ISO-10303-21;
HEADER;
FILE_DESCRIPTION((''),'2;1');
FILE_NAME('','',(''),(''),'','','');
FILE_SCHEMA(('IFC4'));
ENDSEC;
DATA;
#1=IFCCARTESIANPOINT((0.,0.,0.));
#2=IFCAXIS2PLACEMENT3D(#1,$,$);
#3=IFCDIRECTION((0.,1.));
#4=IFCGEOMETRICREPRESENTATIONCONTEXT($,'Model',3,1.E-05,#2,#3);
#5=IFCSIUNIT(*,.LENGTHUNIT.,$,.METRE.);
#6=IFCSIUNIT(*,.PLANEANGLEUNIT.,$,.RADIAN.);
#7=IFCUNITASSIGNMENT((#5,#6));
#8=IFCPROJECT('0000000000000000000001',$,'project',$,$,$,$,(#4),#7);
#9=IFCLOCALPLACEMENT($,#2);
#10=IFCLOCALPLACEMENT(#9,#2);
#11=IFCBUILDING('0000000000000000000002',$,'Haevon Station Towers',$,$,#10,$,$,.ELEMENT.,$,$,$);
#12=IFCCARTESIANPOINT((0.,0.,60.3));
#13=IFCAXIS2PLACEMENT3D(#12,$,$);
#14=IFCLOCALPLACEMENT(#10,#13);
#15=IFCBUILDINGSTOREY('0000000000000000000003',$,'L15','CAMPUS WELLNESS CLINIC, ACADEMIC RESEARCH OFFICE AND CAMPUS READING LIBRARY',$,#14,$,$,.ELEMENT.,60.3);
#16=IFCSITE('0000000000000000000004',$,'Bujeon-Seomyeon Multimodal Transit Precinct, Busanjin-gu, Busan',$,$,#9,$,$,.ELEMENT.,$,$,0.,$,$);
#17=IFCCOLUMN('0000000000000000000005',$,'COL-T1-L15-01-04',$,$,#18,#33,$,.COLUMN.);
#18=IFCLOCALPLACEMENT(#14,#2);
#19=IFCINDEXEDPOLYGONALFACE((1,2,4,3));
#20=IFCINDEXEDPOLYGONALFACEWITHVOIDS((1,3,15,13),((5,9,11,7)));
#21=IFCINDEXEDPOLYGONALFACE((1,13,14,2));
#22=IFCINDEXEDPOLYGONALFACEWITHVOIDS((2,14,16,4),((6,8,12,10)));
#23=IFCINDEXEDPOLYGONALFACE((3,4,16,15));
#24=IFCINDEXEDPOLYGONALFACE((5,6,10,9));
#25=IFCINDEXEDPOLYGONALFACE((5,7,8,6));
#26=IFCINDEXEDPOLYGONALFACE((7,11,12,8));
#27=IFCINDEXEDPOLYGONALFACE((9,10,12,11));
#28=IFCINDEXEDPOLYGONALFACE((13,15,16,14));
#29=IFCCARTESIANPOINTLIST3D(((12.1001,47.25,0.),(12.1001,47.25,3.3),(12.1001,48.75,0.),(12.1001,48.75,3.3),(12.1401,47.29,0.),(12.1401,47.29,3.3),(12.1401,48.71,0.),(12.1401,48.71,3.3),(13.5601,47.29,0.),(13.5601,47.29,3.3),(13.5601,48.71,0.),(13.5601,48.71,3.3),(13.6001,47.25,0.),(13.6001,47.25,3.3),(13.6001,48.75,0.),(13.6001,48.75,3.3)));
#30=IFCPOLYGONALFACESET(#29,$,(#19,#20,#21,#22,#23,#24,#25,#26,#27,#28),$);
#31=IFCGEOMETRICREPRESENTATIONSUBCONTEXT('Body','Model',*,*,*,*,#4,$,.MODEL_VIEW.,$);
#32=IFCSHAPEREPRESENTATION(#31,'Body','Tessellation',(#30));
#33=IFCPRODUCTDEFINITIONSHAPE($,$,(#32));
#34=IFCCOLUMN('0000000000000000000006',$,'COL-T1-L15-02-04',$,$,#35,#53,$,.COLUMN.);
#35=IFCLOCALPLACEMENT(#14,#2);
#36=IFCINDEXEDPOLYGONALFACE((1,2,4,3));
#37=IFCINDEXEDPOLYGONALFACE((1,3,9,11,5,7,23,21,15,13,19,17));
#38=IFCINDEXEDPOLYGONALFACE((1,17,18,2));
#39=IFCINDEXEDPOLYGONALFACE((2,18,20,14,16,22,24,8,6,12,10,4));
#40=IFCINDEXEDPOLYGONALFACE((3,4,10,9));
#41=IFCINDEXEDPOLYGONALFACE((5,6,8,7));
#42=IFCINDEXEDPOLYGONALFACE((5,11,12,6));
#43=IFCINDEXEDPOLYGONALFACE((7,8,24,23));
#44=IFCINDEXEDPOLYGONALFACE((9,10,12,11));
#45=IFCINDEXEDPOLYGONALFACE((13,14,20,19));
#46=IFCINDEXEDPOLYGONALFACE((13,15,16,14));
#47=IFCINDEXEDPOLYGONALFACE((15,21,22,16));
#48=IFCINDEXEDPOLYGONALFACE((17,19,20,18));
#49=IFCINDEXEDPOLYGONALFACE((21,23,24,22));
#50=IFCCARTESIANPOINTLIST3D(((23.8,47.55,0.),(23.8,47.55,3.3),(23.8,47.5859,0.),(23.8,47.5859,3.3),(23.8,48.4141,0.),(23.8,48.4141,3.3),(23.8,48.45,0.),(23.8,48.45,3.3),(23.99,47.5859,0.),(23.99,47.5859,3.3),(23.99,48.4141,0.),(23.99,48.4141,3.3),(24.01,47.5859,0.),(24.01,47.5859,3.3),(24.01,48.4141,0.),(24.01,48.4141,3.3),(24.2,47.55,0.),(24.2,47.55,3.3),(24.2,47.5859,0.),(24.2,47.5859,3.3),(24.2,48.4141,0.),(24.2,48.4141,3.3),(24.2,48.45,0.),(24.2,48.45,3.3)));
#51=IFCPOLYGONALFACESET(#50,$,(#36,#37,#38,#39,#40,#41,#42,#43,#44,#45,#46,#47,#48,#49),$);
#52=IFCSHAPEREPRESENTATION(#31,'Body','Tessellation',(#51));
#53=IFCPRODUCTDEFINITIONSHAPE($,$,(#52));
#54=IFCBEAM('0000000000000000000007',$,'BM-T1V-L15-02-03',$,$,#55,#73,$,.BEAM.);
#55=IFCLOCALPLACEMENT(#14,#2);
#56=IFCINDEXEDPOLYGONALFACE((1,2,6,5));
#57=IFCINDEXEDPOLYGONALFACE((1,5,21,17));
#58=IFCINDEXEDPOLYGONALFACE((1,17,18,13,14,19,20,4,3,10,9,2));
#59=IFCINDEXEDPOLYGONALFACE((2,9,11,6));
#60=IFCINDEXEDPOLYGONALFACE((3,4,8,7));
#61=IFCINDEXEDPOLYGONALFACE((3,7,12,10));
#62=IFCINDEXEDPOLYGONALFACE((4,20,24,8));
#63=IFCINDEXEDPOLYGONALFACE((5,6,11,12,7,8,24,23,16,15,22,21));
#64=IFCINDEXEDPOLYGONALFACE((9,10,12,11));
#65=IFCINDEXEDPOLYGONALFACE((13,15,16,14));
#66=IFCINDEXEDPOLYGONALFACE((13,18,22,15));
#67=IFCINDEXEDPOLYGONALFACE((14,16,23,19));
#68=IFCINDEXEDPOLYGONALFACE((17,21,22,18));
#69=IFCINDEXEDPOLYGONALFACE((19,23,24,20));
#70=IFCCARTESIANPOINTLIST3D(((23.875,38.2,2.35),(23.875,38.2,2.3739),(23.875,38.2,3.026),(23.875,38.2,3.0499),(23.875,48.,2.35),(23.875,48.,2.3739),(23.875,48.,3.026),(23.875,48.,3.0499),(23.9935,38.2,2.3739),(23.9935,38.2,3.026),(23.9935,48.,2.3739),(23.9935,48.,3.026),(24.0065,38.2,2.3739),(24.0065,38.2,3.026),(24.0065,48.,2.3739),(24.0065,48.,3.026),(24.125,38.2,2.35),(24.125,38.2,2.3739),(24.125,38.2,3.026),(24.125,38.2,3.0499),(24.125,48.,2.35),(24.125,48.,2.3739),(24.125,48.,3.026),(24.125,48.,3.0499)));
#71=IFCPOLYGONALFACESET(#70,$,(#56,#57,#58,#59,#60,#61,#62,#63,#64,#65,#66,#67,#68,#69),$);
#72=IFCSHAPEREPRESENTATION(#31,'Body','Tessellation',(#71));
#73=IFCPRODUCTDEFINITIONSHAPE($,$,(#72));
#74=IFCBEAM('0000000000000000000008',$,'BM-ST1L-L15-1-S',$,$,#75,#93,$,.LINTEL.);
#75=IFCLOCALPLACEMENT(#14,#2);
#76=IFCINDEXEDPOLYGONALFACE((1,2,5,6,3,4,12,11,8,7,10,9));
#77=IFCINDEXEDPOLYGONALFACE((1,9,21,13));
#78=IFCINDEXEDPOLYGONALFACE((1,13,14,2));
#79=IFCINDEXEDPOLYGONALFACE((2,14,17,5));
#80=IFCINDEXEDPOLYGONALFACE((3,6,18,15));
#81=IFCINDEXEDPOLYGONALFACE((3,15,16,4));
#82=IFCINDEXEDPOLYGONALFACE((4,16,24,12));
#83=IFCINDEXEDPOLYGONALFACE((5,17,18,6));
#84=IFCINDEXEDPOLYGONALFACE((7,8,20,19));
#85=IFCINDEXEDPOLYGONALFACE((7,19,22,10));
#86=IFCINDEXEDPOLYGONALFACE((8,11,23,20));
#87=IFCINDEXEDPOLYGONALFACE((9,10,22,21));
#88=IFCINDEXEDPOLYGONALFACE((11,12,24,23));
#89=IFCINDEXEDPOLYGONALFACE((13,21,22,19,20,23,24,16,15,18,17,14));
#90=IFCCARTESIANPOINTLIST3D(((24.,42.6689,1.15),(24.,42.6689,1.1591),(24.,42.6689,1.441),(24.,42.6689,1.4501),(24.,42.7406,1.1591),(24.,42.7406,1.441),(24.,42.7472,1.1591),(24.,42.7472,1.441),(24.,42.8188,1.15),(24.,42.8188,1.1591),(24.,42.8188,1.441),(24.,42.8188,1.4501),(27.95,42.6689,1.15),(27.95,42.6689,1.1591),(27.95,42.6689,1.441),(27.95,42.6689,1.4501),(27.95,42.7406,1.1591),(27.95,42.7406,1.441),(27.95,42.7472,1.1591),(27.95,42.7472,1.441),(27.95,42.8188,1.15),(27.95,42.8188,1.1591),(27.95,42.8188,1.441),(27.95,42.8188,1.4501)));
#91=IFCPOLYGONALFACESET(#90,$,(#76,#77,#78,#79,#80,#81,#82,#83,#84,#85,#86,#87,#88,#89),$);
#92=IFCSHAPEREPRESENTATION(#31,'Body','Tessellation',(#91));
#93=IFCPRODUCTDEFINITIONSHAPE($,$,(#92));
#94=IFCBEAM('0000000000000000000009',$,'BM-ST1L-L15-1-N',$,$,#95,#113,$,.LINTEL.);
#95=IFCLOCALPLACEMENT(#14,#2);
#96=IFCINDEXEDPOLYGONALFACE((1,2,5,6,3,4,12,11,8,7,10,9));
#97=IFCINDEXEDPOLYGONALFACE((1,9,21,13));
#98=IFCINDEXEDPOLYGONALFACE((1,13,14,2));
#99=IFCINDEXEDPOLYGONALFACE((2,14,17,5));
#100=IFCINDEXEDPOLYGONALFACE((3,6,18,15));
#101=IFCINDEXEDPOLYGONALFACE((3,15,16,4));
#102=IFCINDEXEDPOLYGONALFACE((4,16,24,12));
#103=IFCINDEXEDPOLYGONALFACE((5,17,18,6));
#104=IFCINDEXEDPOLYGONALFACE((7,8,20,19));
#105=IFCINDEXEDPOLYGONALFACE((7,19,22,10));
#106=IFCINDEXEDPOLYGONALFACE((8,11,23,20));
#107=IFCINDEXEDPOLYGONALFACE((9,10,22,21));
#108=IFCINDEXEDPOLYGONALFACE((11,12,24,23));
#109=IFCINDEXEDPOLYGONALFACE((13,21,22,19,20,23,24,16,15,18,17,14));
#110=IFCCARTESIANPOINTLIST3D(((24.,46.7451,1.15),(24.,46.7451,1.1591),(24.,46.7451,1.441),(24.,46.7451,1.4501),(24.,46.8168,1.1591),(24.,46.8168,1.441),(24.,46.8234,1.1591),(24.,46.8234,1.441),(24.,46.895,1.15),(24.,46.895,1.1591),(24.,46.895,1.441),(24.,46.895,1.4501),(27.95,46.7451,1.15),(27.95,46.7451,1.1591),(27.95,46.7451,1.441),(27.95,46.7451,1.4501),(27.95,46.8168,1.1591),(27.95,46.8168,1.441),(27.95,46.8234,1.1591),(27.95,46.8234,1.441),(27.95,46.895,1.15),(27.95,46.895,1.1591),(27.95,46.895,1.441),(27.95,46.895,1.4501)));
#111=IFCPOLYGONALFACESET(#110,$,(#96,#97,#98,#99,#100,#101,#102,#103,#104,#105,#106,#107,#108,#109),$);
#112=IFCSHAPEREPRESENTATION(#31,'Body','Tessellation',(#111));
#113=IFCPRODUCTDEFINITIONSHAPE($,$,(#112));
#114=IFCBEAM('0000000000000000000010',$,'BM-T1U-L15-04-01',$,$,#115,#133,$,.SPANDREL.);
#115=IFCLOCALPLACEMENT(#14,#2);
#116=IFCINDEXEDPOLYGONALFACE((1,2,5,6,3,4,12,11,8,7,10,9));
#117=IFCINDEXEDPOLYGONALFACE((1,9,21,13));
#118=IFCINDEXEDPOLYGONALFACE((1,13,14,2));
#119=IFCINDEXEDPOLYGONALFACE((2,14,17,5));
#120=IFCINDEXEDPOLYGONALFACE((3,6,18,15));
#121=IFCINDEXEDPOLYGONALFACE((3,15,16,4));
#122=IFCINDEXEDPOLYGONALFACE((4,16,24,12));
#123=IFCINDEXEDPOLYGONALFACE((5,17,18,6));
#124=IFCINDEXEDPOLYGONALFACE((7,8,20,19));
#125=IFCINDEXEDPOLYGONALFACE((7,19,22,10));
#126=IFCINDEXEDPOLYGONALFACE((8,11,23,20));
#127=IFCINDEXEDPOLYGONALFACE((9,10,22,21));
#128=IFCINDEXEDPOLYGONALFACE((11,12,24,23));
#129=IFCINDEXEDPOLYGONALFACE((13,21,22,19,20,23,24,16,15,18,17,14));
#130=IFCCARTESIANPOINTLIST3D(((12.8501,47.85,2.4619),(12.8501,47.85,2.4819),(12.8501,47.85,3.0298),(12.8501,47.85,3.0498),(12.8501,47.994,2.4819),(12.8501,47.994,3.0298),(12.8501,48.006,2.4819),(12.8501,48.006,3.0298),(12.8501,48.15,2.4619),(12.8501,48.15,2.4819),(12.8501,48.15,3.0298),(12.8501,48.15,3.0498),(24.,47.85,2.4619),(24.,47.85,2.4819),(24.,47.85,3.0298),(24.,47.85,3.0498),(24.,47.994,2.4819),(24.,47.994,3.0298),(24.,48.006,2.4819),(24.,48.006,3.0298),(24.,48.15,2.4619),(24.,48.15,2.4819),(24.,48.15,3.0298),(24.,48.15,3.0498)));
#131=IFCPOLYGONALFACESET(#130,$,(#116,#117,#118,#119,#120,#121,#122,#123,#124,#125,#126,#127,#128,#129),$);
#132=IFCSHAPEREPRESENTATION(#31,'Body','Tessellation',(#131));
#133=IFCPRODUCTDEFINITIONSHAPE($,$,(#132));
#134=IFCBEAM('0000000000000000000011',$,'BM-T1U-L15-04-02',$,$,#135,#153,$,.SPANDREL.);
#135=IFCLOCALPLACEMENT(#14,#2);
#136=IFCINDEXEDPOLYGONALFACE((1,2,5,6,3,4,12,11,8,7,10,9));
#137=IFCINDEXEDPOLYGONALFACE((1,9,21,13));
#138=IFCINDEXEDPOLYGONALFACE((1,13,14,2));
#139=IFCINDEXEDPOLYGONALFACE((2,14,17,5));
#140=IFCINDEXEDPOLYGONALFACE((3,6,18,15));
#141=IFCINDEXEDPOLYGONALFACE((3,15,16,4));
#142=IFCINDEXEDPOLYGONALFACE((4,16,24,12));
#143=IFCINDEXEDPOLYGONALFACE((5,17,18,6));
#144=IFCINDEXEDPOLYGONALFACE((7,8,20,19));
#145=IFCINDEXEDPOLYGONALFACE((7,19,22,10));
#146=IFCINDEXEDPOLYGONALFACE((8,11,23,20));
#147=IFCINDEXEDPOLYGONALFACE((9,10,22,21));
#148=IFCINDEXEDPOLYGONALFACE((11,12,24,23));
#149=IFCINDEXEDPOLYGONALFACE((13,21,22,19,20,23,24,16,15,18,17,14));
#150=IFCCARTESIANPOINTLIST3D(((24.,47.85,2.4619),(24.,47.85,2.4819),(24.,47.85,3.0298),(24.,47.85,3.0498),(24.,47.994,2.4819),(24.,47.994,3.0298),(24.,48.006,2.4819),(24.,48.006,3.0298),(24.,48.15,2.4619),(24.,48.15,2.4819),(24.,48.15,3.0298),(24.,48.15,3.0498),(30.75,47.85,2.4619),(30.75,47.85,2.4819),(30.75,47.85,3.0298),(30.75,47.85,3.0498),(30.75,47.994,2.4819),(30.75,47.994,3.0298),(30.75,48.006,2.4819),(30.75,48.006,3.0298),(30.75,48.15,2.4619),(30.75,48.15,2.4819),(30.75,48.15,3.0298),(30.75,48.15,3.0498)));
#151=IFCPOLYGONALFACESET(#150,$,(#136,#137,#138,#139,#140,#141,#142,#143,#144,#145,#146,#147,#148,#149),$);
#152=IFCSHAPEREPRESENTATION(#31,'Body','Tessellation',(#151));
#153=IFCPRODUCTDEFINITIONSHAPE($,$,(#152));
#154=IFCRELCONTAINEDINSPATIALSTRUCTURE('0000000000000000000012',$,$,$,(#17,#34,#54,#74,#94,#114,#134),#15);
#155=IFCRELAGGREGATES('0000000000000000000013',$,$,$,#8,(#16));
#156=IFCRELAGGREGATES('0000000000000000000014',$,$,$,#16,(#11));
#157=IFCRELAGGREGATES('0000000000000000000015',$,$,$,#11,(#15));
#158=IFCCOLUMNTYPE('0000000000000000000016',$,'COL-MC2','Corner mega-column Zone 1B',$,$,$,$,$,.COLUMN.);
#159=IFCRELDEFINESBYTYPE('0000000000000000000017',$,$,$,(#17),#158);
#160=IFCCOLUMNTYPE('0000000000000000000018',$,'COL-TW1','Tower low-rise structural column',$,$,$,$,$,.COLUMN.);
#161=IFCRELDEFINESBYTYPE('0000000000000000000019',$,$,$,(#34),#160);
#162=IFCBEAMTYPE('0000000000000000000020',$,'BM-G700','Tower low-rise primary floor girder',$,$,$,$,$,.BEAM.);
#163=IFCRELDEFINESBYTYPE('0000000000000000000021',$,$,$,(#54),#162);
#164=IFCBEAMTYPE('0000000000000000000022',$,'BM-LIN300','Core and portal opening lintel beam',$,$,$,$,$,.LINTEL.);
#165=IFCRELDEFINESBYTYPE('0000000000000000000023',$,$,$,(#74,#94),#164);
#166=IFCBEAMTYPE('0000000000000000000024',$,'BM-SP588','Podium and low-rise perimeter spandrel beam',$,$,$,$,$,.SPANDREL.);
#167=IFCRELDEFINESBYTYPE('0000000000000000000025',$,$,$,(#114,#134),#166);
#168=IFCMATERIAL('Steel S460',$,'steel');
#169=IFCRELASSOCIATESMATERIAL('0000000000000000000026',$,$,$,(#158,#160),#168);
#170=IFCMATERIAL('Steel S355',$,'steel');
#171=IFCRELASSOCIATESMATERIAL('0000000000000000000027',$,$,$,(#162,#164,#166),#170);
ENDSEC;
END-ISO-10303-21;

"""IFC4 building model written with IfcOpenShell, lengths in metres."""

from ifc_helpers import new_model, si_unit, direction, frame, origin, origin_2d, place, context, subcontext, project, spatial, hollow_rectangle, i_section, extrude, material, material_profile, profile_set, type_object, element, save


model = new_model("IFC4")

# Units and contexts
model_context = context("Model", 3, precision=1e-05, world=origin(), true_north=direction((0.0, 1.0)))
body_context = subcontext(model_context, "Body", "Model", "MODEL_VIEW")
ifc_project = project(units=[si_unit("LENGTHUNIT", "METRE"), si_unit("PLANEANGLEUNIT", "RADIAN")], contexts=[model_context])

# Site, building, storey
site_placement = place(None, origin())
site = spatial("IfcSite", under=ifc_project, at=site_placement, Name="Bujeon-Seomyeon Multimodal Transit Precinct, Busanjin-gu, Busan", CompositionType="ELEMENT", RefElevation=0.0)
building_placement = place(site_placement, origin())
building = spatial("IfcBuilding", under=site, at=building_placement, Name="Haevon Station Towers", CompositionType="ELEMENT")
storey_placement = place(building_placement, frame((0.0, 0.0, 60.3)))
storey = spatial("IfcBuildingStorey", under=building, at=storey_placement, Name="L15", Description="CAMPUS WELLNESS CLINIC, ACADEMIC RESEARCH OFFICE AND CAMPUS READING LIBRARY", CompositionType="ELEMENT", Elevation=60.3)

# Columns
ifc_material_1 = material(Name="Steel S460", Category="steel")
ifc_material_profile_1 = material_profile(ifc_material_1, hollow_rectangle(XDim=1.5, YDim=1.5, WallThickness=0.04, at=origin_2d()), Name="BOX-1500x1500x40")
ifc_profile_set_1 = profile_set([ifc_material_profile_1], Name="Steel S460")
column_type_1 = type_object("IfcColumnType", Name="COL-MC2", Description="Corner mega-column Zone 1B", PredefinedType="COLUMN", material=ifc_profile_set_1)
column_1_placement = place(storey_placement, frame((12.8501, 48.0, 0.0), z_axis=(0.0, 0.0, 1.0), x_axis=(1.0, 0.0, 0.0)))
element("IfcColumn", 1, at=column_1_placement, inside=storey, type_object=column_type_1, Name="COL-T1-L15-01-04", PredefinedType="COLUMN", context=body_context, shape_type="SweptSolid", body=[
    extrude(hollow_rectangle(XDim=1.5, YDim=1.5, WallThickness=0.04, at=origin_2d()), origin(), (0.0, 0.0, 1.0), 3.3),
])
ifc_material_profile_2 = material_profile(ifc_material_1, i_section(OverallWidth=0.3999, OverallDepth=0.8999, WebThickness=0.02, FlangeThickness=0.0359, at=origin_2d()), Name="H-900x400x20x36")
ifc_profile_set_2 = profile_set([ifc_material_profile_2], Name="Steel S460")
column_type_2 = type_object("IfcColumnType", Name="COL-TW1", Description="Tower low-rise structural column", PredefinedType="COLUMN", material=ifc_profile_set_2)
column_2_placement = place(storey_placement, frame((24.0, 48.0, 0.0), z_axis=(0.0, 0.0, 1.0), x_axis=(1.0, 0.0, 0.0)))
element("IfcColumn", 2, at=column_2_placement, inside=storey, type_object=column_type_2, Name="COL-T1-L15-02-04", PredefinedType="COLUMN", context=body_context, shape_type="SweptSolid", body=[
    extrude(i_section(OverallWidth=0.3999, OverallDepth=0.8999, WebThickness=0.02, FlangeThickness=0.0359, at=origin_2d()), origin(), (0.0, 0.0, 1.0), 3.3),
])

# Beams
ifc_material_2 = material(Name="Steel S355", Category="steel")
ifc_material_profile_3 = material_profile(ifc_material_2, i_section(OverallWidth=0.25, OverallDepth=0.7, WebThickness=0.0129, FlangeThickness=0.0239, at=origin_2d()), Name="H-700x250x13x24")
ifc_profile_set_3 = profile_set([ifc_material_profile_3], Name="Steel S355")
beam_type_1 = type_object("IfcBeamType", Name="BM-G700", Description="Tower low-rise primary floor girder", PredefinedType="BEAM", material=ifc_profile_set_3)
beam_1_placement = place(storey_placement, frame((24.0, 38.2, 2.7), z_axis=(0.0, 1.0, 0.0), x_axis=(-1.0, 0.0, 0.0)))
element("IfcBeam", 3, at=beam_1_placement, inside=storey, type_object=beam_type_1, Name="BM-T1V-L15-02-03", PredefinedType="BEAM", context=body_context, shape_type="SweptSolid", body=[
    extrude(i_section(OverallWidth=0.25, OverallDepth=0.7, WebThickness=0.0129, FlangeThickness=0.0239, at=origin_2d()), origin(), (0.0, 0.0, 1.0), 9.8),
])
ifc_material_profile_4 = material_profile(ifc_material_2, i_section(OverallWidth=0.1499, OverallDepth=0.3, WebThickness=0.0066, FlangeThickness=0.009, at=origin_2d()), Name="H-300x150x6.5x9")
ifc_profile_set_4 = profile_set([ifc_material_profile_4], Name="Steel S355")
beam_type_2 = type_object("IfcBeamType", Name="BM-LIN300", Description="Core and portal opening lintel beam", PredefinedType="LINTEL", material=ifc_profile_set_4)
for number, where, z_axis, x_axis, name in (
    (4, (24.0, 42.7439, 1.3), (1.0, 0.0, 0.0), (0.0, 1.0, 0.0), "BM-ST1L-L15-1-S"),
    (5, (24.0, 46.8201, 1.3), (1.0, 0.0, 0.0), (0.0, 1.0, 0.0), "BM-ST1L-L15-1-N"),
):
    element("IfcBeam", number, at=place(storey_placement, frame(where, z_axis=z_axis, x_axis=x_axis)), inside=storey, type_object=beam_type_2, Name=name, PredefinedType="LINTEL", context=body_context, shape_type="SweptSolid", body=[
        extrude(i_section(OverallWidth=0.1499, OverallDepth=0.3, WebThickness=0.0066, FlangeThickness=0.009, at=origin_2d()), origin(), (0.0, 0.0, 1.0), 3.95),
    ])
ifc_material_profile_5 = material_profile(ifc_material_2, i_section(OverallWidth=0.3, OverallDepth=0.5879, WebThickness=0.012, FlangeThickness=0.02, at=origin_2d()), Name="H-588x300x12x20")
ifc_profile_set_5 = profile_set([ifc_material_profile_5], Name="Steel S355")
beam_type_3 = type_object("IfcBeamType", Name="BM-SP588", Description="Podium and low-rise perimeter spandrel beam", PredefinedType="SPANDREL", material=ifc_profile_set_5)
beam_2_placement = place(storey_placement, frame((12.8501, 48.0, 2.7559), z_axis=(1.0, 0.0, 0.0), x_axis=(0.0, 1.0, 0.0)))
element("IfcBeam", 6, at=beam_2_placement, inside=storey, type_object=beam_type_3, Name="BM-T1U-L15-04-01", PredefinedType="SPANDREL", context=body_context, shape_type="SweptSolid", body=[
    extrude(i_section(OverallWidth=0.3, OverallDepth=0.5879, WebThickness=0.012, FlangeThickness=0.02, at=origin_2d()), origin(), (0.0, 0.0, 1.0), 11.1499),
])
beam_3_placement = place(storey_placement, frame((24.0, 48.0, 2.7559), z_axis=(1.0, 0.0, 0.0), x_axis=(0.0, 1.0, 0.0)))
element("IfcBeam", 7, at=beam_3_placement, inside=storey, type_object=beam_type_3, Name="BM-T1U-L15-04-02", PredefinedType="SPANDREL", context=body_context, shape_type="SweptSolid", body=[
    extrude(i_section(OverallWidth=0.3, OverallDepth=0.5879, WebThickness=0.012, FlangeThickness=0.02, at=origin_2d()), origin(), (0.0, 0.0, 1.0), 6.75),
])

save(model, "model.ifc")
